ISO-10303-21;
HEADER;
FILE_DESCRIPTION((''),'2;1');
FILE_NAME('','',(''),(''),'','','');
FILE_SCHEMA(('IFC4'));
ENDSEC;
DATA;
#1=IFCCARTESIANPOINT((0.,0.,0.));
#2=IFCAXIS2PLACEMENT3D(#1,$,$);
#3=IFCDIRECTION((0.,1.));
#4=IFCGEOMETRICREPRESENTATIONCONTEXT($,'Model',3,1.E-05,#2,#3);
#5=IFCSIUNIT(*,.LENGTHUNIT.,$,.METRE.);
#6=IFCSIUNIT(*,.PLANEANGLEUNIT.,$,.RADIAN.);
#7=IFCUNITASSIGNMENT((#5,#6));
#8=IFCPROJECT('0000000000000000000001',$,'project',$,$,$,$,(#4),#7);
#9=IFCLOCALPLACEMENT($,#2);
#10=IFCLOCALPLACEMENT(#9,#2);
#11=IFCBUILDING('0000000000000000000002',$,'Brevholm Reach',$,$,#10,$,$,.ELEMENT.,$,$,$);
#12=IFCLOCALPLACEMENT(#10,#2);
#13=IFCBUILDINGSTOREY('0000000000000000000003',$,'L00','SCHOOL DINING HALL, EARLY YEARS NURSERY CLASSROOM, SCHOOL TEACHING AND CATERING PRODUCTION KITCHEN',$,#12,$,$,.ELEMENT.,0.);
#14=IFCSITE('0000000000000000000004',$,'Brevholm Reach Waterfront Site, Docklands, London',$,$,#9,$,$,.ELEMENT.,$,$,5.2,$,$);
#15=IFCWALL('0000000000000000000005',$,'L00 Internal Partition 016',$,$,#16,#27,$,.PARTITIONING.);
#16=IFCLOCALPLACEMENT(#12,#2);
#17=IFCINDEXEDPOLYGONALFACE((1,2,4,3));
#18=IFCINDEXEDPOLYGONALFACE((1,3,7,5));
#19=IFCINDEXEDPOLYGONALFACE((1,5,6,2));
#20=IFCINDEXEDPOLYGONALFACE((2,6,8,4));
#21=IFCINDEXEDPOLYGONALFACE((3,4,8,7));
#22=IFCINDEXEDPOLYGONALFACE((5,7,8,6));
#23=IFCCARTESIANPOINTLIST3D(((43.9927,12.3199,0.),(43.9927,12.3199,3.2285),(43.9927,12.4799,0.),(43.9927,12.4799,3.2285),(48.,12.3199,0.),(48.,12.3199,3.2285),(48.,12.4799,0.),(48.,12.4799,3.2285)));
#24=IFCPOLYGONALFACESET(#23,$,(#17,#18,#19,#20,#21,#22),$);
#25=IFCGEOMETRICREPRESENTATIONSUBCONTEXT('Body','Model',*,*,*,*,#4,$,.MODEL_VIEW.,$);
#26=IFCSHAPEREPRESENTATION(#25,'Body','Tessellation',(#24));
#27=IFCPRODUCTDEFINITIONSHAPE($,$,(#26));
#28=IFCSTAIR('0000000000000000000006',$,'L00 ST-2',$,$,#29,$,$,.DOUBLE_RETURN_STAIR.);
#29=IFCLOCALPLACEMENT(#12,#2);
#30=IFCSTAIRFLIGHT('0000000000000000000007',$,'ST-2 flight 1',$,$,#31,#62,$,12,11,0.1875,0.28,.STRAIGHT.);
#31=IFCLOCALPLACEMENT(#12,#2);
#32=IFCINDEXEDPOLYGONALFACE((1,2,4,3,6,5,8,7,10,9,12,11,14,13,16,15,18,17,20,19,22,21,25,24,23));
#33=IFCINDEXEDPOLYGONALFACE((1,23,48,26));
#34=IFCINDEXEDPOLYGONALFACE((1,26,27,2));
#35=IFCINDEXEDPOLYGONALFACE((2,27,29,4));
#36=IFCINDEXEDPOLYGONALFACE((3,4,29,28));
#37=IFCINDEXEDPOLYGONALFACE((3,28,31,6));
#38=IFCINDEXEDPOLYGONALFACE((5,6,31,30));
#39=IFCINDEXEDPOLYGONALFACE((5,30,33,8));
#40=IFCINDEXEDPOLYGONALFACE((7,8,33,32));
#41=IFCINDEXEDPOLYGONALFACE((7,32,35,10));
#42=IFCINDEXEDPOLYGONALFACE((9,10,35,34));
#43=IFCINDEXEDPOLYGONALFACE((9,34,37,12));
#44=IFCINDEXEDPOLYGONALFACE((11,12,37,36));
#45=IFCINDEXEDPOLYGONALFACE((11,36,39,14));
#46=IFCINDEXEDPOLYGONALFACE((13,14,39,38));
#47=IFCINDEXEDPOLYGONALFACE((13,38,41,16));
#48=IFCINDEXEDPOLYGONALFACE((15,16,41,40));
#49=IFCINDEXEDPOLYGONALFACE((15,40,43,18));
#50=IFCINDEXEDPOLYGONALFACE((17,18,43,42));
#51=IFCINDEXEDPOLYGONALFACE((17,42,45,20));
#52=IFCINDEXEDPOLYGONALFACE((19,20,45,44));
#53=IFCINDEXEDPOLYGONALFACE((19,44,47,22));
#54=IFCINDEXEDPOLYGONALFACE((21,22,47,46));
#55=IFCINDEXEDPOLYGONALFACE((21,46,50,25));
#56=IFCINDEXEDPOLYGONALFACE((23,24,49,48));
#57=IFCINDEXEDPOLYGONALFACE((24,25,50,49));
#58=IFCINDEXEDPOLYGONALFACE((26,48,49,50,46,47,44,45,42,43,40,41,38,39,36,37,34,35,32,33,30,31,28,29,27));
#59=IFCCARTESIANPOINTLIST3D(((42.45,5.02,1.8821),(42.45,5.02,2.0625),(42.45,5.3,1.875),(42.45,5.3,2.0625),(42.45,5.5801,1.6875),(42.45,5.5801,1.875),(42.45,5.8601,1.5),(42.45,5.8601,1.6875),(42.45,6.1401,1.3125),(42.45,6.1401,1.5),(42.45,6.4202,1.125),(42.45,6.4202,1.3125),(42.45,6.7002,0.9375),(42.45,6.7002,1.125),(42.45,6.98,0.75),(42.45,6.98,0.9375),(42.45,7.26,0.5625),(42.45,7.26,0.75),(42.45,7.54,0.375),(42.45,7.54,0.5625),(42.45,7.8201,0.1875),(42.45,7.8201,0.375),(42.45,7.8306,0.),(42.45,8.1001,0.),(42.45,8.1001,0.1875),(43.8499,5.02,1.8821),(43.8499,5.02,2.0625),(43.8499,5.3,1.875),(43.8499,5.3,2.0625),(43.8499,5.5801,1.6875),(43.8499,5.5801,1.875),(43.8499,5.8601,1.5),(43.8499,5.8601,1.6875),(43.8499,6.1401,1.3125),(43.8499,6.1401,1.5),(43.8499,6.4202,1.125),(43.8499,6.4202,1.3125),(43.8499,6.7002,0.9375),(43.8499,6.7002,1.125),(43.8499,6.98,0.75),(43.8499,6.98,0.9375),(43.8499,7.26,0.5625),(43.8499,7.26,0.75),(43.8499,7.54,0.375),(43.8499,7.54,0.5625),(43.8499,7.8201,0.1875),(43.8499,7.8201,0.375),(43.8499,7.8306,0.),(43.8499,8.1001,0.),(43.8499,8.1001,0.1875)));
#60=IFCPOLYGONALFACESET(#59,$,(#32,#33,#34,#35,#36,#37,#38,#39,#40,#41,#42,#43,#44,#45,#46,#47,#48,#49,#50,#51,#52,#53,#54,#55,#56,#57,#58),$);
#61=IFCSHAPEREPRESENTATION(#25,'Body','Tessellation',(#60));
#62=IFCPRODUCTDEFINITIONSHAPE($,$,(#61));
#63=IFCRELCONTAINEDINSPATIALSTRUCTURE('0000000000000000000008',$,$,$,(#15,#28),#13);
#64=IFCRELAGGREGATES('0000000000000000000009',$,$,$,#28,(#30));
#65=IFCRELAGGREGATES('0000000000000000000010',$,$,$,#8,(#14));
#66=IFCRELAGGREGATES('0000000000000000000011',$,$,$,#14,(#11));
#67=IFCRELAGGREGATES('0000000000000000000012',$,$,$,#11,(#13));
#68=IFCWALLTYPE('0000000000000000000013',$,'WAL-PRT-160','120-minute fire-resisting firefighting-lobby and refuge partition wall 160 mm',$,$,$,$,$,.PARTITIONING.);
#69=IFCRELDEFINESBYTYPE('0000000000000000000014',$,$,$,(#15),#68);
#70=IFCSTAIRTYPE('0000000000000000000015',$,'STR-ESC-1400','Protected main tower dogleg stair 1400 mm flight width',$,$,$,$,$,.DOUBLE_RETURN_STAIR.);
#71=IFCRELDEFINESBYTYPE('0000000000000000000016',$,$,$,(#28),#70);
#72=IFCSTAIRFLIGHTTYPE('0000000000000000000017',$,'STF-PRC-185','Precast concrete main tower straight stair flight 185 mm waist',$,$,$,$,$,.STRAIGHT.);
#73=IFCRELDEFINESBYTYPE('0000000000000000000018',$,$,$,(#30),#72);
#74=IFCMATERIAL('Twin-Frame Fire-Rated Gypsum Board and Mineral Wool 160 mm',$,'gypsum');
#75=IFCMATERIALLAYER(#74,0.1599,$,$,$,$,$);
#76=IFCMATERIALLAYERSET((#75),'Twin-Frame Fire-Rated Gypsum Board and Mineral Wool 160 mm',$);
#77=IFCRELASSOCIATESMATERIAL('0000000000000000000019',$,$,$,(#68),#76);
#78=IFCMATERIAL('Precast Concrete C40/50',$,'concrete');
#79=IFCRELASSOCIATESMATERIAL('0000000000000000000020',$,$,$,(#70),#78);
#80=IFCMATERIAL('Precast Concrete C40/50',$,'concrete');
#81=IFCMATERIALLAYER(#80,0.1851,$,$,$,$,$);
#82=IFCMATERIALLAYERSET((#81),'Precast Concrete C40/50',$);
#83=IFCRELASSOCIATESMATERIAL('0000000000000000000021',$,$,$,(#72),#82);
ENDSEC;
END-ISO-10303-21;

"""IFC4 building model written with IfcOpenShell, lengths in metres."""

from ifc_helpers import new_model, si_unit, direction, frame, frame_2d, origin, place, context, subcontext, project, spatial, polyline, rectangle, outline, extrude, material, layer, layer_set, type_object, element, aggregate, save


model = new_model("IFC4")

# Units and contexts
model_context = context("Model", 3, precision=1e-05, world=origin(), true_north=direction((0.0, 1.0)))
body_context = subcontext(model_context, "Body", "Model", "MODEL_VIEW")
ifc_project = project(units=[si_unit("LENGTHUNIT", "METRE"), si_unit("PLANEANGLEUNIT", "RADIAN")], contexts=[model_context])

# Site, building, storey
site_placement = place(None, origin())
site = spatial("IfcSite", under=ifc_project, at=site_placement, Name="Brevholm Reach Waterfront Site, Docklands, London", CompositionType="ELEMENT", RefElevation=5.2)
building_placement = place(site_placement, origin())
building = spatial("IfcBuilding", under=site, at=building_placement, Name="Brevholm Reach", CompositionType="ELEMENT")
storey_placement = place(building_placement, origin())
storey = spatial("IfcBuildingStorey", under=building, at=storey_placement, Name="L00", Description="SCHOOL DINING HALL, EARLY YEARS NURSERY CLASSROOM, SCHOOL TEACHING AND CATERING PRODUCTION KITCHEN", CompositionType="ELEMENT", Elevation=0.0)

# Shared definitions
ifc_material_1 = material(Name="Twin-Frame Fire-Rated Gypsum Board and Mineral Wool 160 mm", Category="gypsum")
ifc_layer_1 = layer(ifc_material_1, 0.1599)
ifc_layer_set_1 = layer_set([ifc_layer_1], Name="Twin-Frame Fire-Rated Gypsum Board and Mineral Wool 160 mm")
wall_type_1 = type_object("IfcWallType", Name="WAL-PRT-160", Description="120-minute fire-resisting firefighting-lobby and refuge partition wall 160 mm", PredefinedType="PARTITIONING", material=ifc_layer_set_1)

# Wall
wall_1_placement = place(storey_placement, frame((43.9927, 12.3999, 0.0), z_axis=(0.0, 0.0, 1.0), x_axis=(1.0, 0.0, 0.0)))
element("IfcWall", 1, at=wall_1_placement, inside=storey, type_object=wall_type_1, Name="L00 Internal Partition 016", PredefinedType="PARTITIONING", context=body_context, shape_type="SweptSolid", body=[
    extrude(rectangle(XDim=4.0073, YDim=0.1599, at=frame_2d((2.0037, 0.0))), origin(), (0.0, 0.0, 1.0), 3.2285),
])

# Stair, stair flight
ifc_material_2 = material(Name="Precast Concrete C40/50", Category="concrete")
stair_type = type_object("IfcStairType", Name="STR-ESC-1400", Description="Protected main tower dogleg stair 1400 mm flight width", PredefinedType="DOUBLE_RETURN_STAIR", material=ifc_material_2)
stair_placement = place(storey_placement, origin())
stair = element("IfcStair", 2, at=stair_placement, inside=storey, type_object=stair_type, Name="L00 ST-2", PredefinedType="DOUBLE_RETURN_STAIR")
ifc_material_3 = material(Name="Precast Concrete C40/50", Category="concrete")
ifc_layer_2 = layer(ifc_material_3, 0.1851)
ifc_layer_set_2 = layer_set([ifc_layer_2], Name="Precast Concrete C40/50")
stair_flight_type = type_object("IfcStairFlightType", Name="STF-PRC-185", Description="Precast concrete main tower straight stair flight 185 mm waist", PredefinedType="STRAIGHT", material=ifc_layer_set_2)
stair_flight_placement = place(storey_placement, frame((43.1499, 8.1001, 0.0), z_axis=(0.0, 0.0, 1.0), x_axis=(0.0, -1.0, 0.0)))
stair_flight = element("IfcStairFlight", 3, at=stair_flight_placement, type_object=stair_flight_type, Name="ST-2 flight 1", NumberOfRisers=12, NumberOfTreads=11, PredefinedType="STRAIGHT", RiserHeight=0.1875, TreadLength=0.28, context=body_context, shape_type="SweptSolid", body=[
    extrude(outline(polyline([(0.0, 0.0), (0.0, 0.1875), (0.28, 0.1875), (0.28, 0.375), (0.5601, 0.375), (0.5601, 0.5625), (0.8401, 0.5625), (0.8401, 0.75), (1.1201, 0.75), (1.1201, 0.9375), (1.3999, 0.9375), (1.3999, 1.125), (1.6799, 1.125), (1.6799, 1.3125), (1.96, 1.3125), (1.96, 1.5), (2.24, 1.5), (2.24, 1.6875), (2.52, 1.6875), (2.52, 1.875), (2.8, 1.875), (2.8, 2.0625), (3.0801, 2.0625), (3.0801, 2.25), (3.0801, 1.8821), (0.2695, 0.0), (0.0, 0.0)])), frame((0.0, 0.7, 0.0), z_axis=(0.0, -1.0, 0.0), x_axis=(1.0, 0.0, 0.0)), (0.0, 0.0, 1.0), 1.3999),
])
aggregate(stair, [stair_flight])

save(model, "model.ifc")
